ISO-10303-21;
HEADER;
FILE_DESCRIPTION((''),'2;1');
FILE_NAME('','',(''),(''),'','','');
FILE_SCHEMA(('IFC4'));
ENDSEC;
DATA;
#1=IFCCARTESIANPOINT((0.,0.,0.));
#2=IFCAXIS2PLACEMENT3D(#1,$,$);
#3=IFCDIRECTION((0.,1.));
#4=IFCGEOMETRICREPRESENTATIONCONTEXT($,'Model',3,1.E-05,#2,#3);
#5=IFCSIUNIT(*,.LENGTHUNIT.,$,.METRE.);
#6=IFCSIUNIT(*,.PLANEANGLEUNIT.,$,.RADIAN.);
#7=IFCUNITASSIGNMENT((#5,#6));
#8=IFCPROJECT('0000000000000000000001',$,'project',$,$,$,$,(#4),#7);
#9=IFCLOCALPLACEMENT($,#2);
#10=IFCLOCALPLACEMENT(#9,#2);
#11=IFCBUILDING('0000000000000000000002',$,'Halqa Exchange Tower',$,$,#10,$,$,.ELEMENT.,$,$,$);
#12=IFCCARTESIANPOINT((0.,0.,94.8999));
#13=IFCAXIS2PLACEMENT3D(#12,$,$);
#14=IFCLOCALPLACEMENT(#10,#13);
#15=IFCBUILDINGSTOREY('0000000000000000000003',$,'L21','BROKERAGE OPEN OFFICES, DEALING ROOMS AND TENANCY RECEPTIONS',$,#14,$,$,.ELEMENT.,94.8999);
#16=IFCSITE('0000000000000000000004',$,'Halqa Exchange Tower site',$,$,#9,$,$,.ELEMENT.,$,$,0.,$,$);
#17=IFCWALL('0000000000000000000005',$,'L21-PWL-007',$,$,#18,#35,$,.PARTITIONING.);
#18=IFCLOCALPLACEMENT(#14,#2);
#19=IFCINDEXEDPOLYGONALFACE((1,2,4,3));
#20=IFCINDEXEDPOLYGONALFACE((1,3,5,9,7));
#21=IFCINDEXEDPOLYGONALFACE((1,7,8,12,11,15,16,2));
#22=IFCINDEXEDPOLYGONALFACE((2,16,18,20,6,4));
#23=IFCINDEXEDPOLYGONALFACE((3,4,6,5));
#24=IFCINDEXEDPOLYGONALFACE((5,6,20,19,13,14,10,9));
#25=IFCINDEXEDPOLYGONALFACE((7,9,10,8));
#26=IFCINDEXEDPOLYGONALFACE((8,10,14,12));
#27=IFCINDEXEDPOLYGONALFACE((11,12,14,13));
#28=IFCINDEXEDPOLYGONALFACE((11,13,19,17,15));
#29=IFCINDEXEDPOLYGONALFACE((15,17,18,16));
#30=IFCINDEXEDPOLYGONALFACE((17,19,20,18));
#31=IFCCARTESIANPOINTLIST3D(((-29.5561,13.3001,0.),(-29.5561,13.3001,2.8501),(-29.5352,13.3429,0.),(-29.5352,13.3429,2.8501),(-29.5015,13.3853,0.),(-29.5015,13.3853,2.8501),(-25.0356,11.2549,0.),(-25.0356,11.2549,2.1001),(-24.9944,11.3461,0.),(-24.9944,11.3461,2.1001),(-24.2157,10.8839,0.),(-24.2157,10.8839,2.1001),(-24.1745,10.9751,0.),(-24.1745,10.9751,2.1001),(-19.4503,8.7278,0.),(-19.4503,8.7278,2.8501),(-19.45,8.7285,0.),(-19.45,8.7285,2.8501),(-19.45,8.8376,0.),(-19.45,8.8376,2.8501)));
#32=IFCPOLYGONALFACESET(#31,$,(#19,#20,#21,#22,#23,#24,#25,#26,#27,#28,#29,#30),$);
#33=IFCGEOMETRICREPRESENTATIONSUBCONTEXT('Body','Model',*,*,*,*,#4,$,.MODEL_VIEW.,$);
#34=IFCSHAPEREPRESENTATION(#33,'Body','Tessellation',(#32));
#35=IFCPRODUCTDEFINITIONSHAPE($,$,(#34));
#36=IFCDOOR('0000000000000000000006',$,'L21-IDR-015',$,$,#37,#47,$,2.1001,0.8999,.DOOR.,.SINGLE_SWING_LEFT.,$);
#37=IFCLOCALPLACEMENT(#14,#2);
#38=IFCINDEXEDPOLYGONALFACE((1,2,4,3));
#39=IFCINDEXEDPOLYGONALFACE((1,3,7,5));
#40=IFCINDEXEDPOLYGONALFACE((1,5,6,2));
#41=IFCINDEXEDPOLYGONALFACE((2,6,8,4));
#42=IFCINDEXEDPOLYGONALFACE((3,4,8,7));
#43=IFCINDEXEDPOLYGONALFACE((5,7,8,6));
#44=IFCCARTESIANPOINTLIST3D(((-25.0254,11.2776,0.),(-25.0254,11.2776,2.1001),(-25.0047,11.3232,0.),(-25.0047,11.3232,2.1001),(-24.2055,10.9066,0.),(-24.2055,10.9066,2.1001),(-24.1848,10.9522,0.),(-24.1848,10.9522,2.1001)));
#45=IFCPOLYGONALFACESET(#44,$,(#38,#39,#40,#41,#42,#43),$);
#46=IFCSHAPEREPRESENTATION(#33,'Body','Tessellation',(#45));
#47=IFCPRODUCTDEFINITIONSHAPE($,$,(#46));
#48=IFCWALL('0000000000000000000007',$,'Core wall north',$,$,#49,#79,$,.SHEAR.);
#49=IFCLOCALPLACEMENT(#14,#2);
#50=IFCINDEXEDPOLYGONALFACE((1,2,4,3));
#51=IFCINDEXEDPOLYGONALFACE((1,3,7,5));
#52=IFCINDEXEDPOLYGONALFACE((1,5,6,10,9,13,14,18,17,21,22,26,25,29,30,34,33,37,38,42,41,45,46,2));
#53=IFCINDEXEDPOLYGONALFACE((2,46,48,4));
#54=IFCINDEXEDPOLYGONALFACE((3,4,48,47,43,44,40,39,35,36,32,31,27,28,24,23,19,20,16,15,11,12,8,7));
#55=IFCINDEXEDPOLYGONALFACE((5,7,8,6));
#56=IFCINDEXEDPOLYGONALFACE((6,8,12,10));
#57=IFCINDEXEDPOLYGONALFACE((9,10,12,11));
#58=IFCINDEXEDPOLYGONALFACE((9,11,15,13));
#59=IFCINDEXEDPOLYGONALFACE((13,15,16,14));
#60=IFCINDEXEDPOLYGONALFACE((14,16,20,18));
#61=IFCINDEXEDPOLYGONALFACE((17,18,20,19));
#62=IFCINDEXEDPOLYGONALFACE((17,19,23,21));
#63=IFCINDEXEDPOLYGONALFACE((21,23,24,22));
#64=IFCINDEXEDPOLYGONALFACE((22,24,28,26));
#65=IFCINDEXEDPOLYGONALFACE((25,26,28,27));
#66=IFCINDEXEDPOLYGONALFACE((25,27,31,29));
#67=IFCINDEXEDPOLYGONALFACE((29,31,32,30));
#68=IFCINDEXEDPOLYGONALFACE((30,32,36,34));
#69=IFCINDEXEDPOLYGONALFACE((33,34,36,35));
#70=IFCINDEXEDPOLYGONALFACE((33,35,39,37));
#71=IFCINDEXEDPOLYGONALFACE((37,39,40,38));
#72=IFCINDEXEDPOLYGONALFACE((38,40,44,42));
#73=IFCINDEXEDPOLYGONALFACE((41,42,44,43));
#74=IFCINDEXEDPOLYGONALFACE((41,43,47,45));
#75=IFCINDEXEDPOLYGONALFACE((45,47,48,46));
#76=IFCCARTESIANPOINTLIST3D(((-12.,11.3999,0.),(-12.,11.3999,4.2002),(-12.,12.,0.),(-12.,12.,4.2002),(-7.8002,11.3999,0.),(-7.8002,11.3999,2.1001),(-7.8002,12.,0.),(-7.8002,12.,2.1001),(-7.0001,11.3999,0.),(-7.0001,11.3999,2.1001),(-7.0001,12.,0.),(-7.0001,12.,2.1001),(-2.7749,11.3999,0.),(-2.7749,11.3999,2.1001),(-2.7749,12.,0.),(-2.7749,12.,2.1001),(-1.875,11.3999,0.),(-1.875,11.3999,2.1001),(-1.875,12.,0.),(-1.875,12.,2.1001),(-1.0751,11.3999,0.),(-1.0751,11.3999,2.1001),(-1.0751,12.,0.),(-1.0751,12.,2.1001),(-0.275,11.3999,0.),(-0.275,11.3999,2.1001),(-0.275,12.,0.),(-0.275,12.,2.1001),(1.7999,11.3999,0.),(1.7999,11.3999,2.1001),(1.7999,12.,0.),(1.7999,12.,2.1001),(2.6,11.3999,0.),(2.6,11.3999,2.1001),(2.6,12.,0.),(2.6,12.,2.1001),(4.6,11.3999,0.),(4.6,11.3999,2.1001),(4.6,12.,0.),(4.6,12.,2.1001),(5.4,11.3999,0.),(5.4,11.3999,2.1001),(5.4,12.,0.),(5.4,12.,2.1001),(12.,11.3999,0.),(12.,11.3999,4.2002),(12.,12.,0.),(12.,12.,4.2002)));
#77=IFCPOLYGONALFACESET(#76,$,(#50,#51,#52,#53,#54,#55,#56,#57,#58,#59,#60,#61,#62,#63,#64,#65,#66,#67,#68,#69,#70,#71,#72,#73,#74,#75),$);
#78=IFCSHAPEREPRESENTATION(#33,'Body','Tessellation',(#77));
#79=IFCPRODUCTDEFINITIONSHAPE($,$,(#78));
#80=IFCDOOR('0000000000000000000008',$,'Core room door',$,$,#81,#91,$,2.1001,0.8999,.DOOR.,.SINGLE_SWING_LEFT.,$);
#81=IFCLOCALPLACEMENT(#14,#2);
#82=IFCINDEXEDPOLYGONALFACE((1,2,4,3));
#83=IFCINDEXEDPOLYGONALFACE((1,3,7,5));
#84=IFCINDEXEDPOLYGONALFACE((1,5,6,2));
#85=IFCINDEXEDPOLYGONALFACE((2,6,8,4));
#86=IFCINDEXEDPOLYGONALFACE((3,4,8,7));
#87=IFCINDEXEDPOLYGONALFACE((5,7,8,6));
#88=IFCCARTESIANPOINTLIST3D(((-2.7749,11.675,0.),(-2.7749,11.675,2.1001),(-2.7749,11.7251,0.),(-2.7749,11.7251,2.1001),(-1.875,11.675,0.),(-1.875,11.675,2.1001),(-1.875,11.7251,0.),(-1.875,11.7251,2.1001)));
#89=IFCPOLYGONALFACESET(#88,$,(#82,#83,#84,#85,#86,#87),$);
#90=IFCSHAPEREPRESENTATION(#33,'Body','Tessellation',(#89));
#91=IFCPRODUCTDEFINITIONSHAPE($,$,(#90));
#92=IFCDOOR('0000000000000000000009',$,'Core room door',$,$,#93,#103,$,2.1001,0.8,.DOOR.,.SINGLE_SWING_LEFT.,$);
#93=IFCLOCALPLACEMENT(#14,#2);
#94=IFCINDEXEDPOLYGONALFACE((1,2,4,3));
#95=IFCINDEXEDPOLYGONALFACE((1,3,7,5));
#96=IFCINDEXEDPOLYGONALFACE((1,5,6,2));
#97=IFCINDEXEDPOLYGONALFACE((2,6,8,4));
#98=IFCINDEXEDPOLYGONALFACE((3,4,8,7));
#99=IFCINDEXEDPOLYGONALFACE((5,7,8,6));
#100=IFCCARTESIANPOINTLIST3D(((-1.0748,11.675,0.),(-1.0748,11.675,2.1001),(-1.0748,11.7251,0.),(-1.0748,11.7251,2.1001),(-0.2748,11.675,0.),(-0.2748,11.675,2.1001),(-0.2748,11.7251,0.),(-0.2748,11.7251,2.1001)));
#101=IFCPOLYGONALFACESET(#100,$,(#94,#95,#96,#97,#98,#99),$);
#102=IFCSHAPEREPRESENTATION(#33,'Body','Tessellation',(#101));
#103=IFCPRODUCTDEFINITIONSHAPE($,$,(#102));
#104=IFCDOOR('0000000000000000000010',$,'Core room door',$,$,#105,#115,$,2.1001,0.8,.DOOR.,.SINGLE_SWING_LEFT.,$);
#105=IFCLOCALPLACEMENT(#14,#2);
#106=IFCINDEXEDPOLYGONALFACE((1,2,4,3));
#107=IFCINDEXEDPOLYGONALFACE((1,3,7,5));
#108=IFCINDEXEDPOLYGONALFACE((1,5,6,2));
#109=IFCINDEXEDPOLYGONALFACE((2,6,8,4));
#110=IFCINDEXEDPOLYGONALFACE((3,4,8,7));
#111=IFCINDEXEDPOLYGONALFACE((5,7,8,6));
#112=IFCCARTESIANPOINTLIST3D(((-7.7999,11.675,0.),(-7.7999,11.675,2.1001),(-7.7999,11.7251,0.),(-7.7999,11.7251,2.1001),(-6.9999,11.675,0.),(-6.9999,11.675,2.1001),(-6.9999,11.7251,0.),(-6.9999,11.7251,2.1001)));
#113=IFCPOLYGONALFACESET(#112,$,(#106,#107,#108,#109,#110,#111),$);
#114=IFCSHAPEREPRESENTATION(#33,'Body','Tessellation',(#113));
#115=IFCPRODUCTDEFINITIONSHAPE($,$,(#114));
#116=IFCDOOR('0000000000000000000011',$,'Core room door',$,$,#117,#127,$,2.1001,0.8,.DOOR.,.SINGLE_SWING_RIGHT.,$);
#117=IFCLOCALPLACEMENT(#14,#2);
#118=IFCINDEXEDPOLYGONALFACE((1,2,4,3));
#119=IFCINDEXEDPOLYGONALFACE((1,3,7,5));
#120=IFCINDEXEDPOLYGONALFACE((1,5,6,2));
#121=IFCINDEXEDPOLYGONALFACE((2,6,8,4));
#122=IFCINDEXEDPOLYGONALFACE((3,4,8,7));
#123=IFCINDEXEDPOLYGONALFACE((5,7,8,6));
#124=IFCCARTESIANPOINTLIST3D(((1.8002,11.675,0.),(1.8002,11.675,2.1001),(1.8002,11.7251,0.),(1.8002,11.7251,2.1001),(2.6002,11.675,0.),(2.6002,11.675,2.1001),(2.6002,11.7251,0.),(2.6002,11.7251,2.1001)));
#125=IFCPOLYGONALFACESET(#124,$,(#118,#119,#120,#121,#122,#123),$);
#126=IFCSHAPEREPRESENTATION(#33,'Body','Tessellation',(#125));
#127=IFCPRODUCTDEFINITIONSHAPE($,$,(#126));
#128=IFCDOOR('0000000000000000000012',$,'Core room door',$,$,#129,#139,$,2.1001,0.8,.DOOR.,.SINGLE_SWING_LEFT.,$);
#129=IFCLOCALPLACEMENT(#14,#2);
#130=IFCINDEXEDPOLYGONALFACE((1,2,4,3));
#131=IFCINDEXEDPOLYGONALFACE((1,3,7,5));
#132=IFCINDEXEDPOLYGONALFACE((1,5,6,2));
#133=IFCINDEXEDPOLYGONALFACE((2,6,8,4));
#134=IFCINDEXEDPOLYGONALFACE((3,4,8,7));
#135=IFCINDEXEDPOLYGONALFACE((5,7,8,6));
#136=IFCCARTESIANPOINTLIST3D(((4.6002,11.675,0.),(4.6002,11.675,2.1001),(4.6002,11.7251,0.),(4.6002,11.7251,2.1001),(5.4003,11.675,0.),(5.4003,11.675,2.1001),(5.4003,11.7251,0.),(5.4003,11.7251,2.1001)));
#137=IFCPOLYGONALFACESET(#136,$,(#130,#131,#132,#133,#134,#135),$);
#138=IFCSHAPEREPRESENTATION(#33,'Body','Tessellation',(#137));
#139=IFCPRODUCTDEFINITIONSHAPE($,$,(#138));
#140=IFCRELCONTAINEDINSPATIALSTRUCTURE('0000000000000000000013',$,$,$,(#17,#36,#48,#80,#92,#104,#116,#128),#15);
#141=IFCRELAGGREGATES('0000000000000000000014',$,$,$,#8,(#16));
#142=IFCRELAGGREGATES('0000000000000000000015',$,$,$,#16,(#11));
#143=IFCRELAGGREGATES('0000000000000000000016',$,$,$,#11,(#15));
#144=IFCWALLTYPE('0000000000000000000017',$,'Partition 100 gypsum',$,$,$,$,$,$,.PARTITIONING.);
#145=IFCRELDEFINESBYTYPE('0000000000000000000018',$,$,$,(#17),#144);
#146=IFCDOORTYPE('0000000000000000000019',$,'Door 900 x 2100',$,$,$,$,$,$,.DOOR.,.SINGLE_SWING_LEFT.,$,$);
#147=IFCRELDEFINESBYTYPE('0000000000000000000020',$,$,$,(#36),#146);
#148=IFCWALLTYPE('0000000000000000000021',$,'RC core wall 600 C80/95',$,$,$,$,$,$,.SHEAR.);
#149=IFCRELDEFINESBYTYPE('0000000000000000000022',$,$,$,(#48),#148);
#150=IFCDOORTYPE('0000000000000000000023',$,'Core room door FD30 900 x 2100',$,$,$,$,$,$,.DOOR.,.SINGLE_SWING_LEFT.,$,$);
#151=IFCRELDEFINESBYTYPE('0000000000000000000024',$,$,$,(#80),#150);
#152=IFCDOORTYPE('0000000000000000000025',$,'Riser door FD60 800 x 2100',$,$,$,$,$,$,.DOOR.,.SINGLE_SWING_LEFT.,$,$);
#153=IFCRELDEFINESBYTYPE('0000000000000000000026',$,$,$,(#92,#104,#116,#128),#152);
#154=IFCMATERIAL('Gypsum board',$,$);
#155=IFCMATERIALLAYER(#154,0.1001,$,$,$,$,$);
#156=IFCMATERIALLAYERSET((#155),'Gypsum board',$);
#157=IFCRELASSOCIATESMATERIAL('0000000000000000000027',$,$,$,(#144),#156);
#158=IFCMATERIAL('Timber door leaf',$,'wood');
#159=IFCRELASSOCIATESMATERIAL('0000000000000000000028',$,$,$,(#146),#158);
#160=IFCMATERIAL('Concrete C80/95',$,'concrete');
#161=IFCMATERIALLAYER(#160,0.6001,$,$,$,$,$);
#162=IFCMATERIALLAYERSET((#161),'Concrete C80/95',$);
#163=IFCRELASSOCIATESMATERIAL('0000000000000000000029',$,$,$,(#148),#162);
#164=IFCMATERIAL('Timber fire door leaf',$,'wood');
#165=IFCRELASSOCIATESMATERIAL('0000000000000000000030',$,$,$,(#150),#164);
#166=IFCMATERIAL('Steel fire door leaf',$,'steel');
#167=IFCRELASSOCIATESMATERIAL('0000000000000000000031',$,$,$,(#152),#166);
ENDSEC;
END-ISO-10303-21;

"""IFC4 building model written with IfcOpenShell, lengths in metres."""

from ifc_helpers import new_model, si_unit, direction, frame, frame_2d, origin, place, context, subcontext, project, spatial, polyline, rectangle, outline, extrude, material, layer, layer_set, type_object, element, fill, save


model = new_model("IFC4")

# Units and contexts
model_context = context("Model", 3, precision=1e-05, world=origin(), true_north=direction((0.0, 1.0)))
body_context = subcontext(model_context, "Body", "Model", "MODEL_VIEW")
ifc_project = project(units=[si_unit("LENGTHUNIT", "METRE"), si_unit("PLANEANGLEUNIT", "RADIAN")], contexts=[model_context])

# Site, building, storey
site_placement = place(None, origin())
site = spatial("IfcSite", under=ifc_project, at=site_placement, Name="Halqa Exchange Tower site", CompositionType="ELEMENT", RefElevation=0.0)
building_placement = place(site_placement, origin())
building = spatial("IfcBuilding", under=site, at=building_placement, Name="Halqa Exchange Tower", CompositionType="ELEMENT")
storey_placement = place(building_placement, frame((0.0, 0.0, 94.8999)))
storey = spatial("IfcBuildingStorey", under=building, at=storey_placement, Name="L21", Description="BROKERAGE OPEN OFFICES, DEALING ROOMS AND TENANCY RECEPTIONS", CompositionType="ELEMENT", Elevation=94.8999)

# Wall, opening, door
ifc_material_1 = material(Name="Gypsum board")
ifc_layer_1 = layer(ifc_material_1, 0.1001)
ifc_layer_set_1 = layer_set([ifc_layer_1], Name="Gypsum board")
wall_type_1 = type_object("IfcWallType", Name="Partition 100 gypsum", PredefinedType="PARTITIONING", material=ifc_layer_set_1)
ifc_material_2 = material(Name="Timber door leaf", Category="wood")
door_type_1 = type_object("IfcDoorType", Name="Door 900 x 2100", OperationType="SINGLE_SWING_LEFT", PredefinedType="DOOR", material=ifc_material_2)
wall_1_placement = place(storey_placement, frame((-19.4297, 8.7734, 0.0), z_axis=(0.0, 0.0, 1.0), x_axis=(-0.911086, 0.412215, 0.0)))
wall_1 = element("IfcWall", 1, at=wall_1_placement, inside=storey, type_object=wall_type_1, Name="L21-PWL-007", PredefinedType="PARTITIONING", context=body_context, shape_type="SweptSolid", body=[
    extrude(outline(polyline([(0.0449, -0.05), (1.8838, -0.05), (3.7224, -0.05), (5.5613, -0.05), (7.3999, -0.05), (9.2388, -0.05), (11.0774, -0.05), (11.0906, 0.0024), (11.092, 0.05), (9.2434, 0.05), (7.3948, 0.05), (5.5459, 0.05), (3.6973, 0.05), (1.8486, 0.05), (0.0, 0.05), (0.0, 0.0493), (0.0449, -0.05)])), origin(), (0.0, 0.0, 1.0), 2.8501),
])
opening_1_placement = place(wall_1_placement, frame((5.2305, 0.0, 0.0)))
opening_1 = element("IfcOpeningElement", 2, at=opening_1_placement, cuts=wall_1, PredefinedType="OPENING", context=body_context, shape_type="SweptSolid", body=[
    extrude(rectangle(XDim=0.8999, YDim=2.1001, at=frame_2d((0.45, 1.05))), frame((0.0, 0.062, 0.0), z_axis=(0.0, -1.0, 0.0), x_axis=(1.0, 0.0, 0.0)), (0.0, 0.0, 1.0), 0.124),
])
door_1_placement = place(opening_1_placement, frame((0.8999, 0.0, 0.0), z_axis=(0.0, 0.0, 1.0), x_axis=(-1.0, 0.0, 0.0)))
door_1 = element("IfcDoor", 3, at=door_1_placement, inside=storey, type_object=door_type_1, Name="L21-IDR-015", OperationType="SINGLE_SWING_LEFT", OverallHeight=2.1001, OverallWidth=0.8999, PredefinedType="DOOR", context=body_context, shape_type="SweptSolid", body=[
    extrude(rectangle(XDim=0.8999, YDim=2.1001, at=frame_2d((0.45, 1.05))), frame((0.0, 0.0249, 0.0), z_axis=(0.0, -1.0, 0.0), x_axis=(1.0, 0.0, 0.0)), (0.0, 0.0, 1.0), 0.05),
])
fill(opening_1, door_1)

# Wall, openings, doors
ifc_material_3 = material(Name="Concrete C80/95", Category="concrete")
ifc_layer_2 = layer(ifc_material_3, 0.6001)
ifc_layer_set_2 = layer_set([ifc_layer_2], Name="Concrete C80/95")
wall_type_2 = type_object("IfcWallType", Name="RC core wall 600 C80/95", PredefinedType="SHEAR", material=ifc_layer_set_2)
wall_2_placement = place(storey_placement, frame((-12.0, 11.7, 0.0), z_axis=(0.0, 0.0, 1.0), x_axis=(1.0, 0.0, 0.0)))
wall_2 = element("IfcWall", 4, at=wall_2_placement, inside=storey, type_object=wall_type_2, Name="Core wall north", PredefinedType="SHEAR", context=body_context, shape_type="SweptSolid", body=[
    extrude(rectangle(XDim=24.0, YDim=0.6001, at=frame_2d((12.0, 0.0))), origin(), (0.0, 0.0, 1.0), 4.2002),
])
opening_2_placement = place(wall_2_placement, frame((9.2251, 0.0, 0.0)))
opening_2 = element("IfcOpeningElement", 5, at=opening_2_placement, cuts=wall_2, PredefinedType="OPENING", context=body_context, shape_type="SweptSolid", body=[
    extrude(rectangle(XDim=0.8999, YDim=2.1001, at=frame_2d((0.45, 1.05))), frame((0.0, 0.312, 0.0), z_axis=(0.0, -1.0, 0.0), x_axis=(1.0, 0.0, 0.0)), (0.0, 0.0, 1.0), 0.624),
])
opening_3_placement = place(wall_2_placement, frame((10.925, 0.0, 0.0)))
opening_3 = element("IfcOpeningElement", 6, at=opening_3_placement, cuts=wall_2, PredefinedType="OPENING", context=body_context, shape_type="SweptSolid", body=[
    extrude(rectangle(XDim=0.8, YDim=2.1001, at=frame_2d((0.3999, 1.05))), frame((0.0, 0.312, 0.0), z_axis=(0.0, -1.0, 0.0), x_axis=(1.0, 0.0, 0.0)), (0.0, 0.0, 1.0), 0.624),
])
opening_4_placement = place(wall_2_placement, frame((4.2, 0.0, 0.0)))
opening_4 = element("IfcOpeningElement", 7, at=opening_4_placement, cuts=wall_2, PredefinedType="OPENING", context=body_context, shape_type="SweptSolid", body=[
    extrude(rectangle(XDim=0.8, YDim=2.1001, at=frame_2d((0.3999, 1.05))), frame((0.0, 0.312, 0.0), z_axis=(0.0, -1.0, 0.0), x_axis=(1.0, 0.0, 0.0)), (0.0, 0.0, 1.0), 0.624),
])
opening_5_placement = place(wall_2_placement, frame((13.8, 0.0, 0.0)))
opening_5 = element("IfcOpeningElement", 8, at=opening_5_placement, cuts=wall_2, PredefinedType="OPENING", context=body_context, shape_type="SweptSolid", body=[
    extrude(rectangle(XDim=0.8, YDim=2.1001, at=frame_2d((0.3999, 1.05))), frame((0.0, 0.312, 0.0), z_axis=(0.0, -1.0, 0.0), x_axis=(1.0, 0.0, 0.0)), (0.0, 0.0, 1.0), 0.624),
])
opening_6_placement = place(wall_2_placement, frame((16.6001, 0.0, 0.0)))
opening_6 = element("IfcOpeningElement", 9, at=opening_6_placement, cuts=wall_2, PredefinedType="OPENING", context=body_context, shape_type="SweptSolid", body=[
    extrude(rectangle(XDim=0.8, YDim=2.1001, at=frame_2d((0.3999, 1.05))), frame((0.0, 0.312, 0.0), z_axis=(0.0, -1.0, 0.0), x_axis=(1.0, 0.0, 0.0)), (0.0, 0.0, 1.0), 0.624),
])
ifc_material_4 = material(Name="Timber fire door leaf", Category="wood")
door_type_2 = type_object("IfcDoorType", Name="Core room door FD30 900 x 2100", OperationType="SINGLE_SWING_LEFT", PredefinedType="DOOR", material=ifc_material_4)
door_2_placement = place(opening_2_placement, frame((0.8999, 0.0, 0.0), z_axis=(0.0, 0.0, 1.0), x_axis=(-1.0, 0.0, 0.0)))
door_2 = element("IfcDoor", 10, at=door_2_placement, inside=storey, type_object=door_type_2, Name="Core room door", OperationType="SINGLE_SWING_LEFT", OverallHeight=2.1001, OverallWidth=0.8999, PredefinedType="DOOR", context=body_context, shape_type="SweptSolid", body=[
    extrude(rectangle(XDim=0.8999, YDim=2.1001, at=frame_2d((0.45, 1.05))), frame((0.0, 0.0249, 0.0), z_axis=(0.0, -1.0, 0.0), x_axis=(1.0, 0.0, 0.0)), (0.0, 0.0, 1.0), 0.05),
])
fill(opening_2, door_2)
ifc_material_5 = material(Name="Steel fire door leaf", Category="steel")
door_type_3 = type_object("IfcDoorType", Name="Riser door FD60 800 x 2100", OperationType="SINGLE_SWING_LEFT", PredefinedType="DOOR", material=ifc_material_5)
door_3_placement = place(opening_3_placement, frame((0.8, 0.0, 0.0), z_axis=(0.0, 0.0, 1.0), x_axis=(-1.0, 0.0, 0.0)))
door_3 = element("IfcDoor", 11, at=door_3_placement, inside=storey, type_object=door_type_3, Name="Core room door", OperationType="SINGLE_SWING_LEFT", OverallHeight=2.1001, OverallWidth=0.8, PredefinedType="DOOR", context=body_context, shape_type="SweptSolid", body=[
    extrude(rectangle(XDim=0.8, YDim=2.1001, at=frame_2d((0.3999, 1.05))), frame((0.0, 0.0249, 0.0), z_axis=(0.0, -1.0, 0.0), x_axis=(1.0, 0.0, 0.0)), (0.0, 0.0, 1.0), 0.05),
])
fill(opening_3, door_3)
door_4_placement = place(opening_4_placement, frame((0.8, 0.0, 0.0), z_axis=(0.0, 0.0, 1.0), x_axis=(-1.0, 0.0, 0.0)))
door_4 = element("IfcDoor", 12, at=door_4_placement, inside=storey, type_object=door_type_3, Name="Core room door", OperationType="SINGLE_SWING_LEFT", OverallHeight=2.1001, OverallWidth=0.8, PredefinedType="DOOR", context=body_context, shape_type="SweptSolid", body=[
    extrude(rectangle(XDim=0.8, YDim=2.1001, at=frame_2d((0.3999, 1.05))), frame((0.0, 0.0249, 0.0), z_axis=(0.0, -1.0, 0.0), x_axis=(1.0, 0.0, 0.0)), (0.0, 0.0, 1.0), 0.05),
])
fill(opening_4, door_4)
door_5_placement = place(opening_5_placement, frame((0.8, 0.0, 0.0), z_axis=(0.0, 0.0, 1.0), x_axis=(-1.0, 0.0, 0.0)))
door_5 = element("IfcDoor", 13, at=door_5_placement, inside=storey, type_object=door_type_3, Name="Core room door", OperationType="SINGLE_SWING_RIGHT", OverallHeight=2.1001, OverallWidth=0.8, PredefinedType="DOOR", context=body_context, shape_type="SweptSolid", body=[
    extrude(rectangle(XDim=0.8, YDim=2.1001, at=frame_2d((0.3999, 1.05))), frame((0.0, 0.0249, 0.0), z_axis=(0.0, -1.0, 0.0), x_axis=(1.0, 0.0, 0.0)), (0.0, 0.0, 1.0), 0.05),
])
fill(opening_5, door_5)
door_6_placement = place(opening_6_placement, frame((0.8, 0.0, 0.0), z_axis=(0.0, 0.0, 1.0), x_axis=(-1.0, 0.0, 0.0)))
door_6 = element("IfcDoor", 14, at=door_6_placement, inside=storey, type_object=door_type_3, Name="Core room door", OperationType="SINGLE_SWING_LEFT", OverallHeight=2.1001, OverallWidth=0.8, PredefinedType="DOOR", context=body_context, shape_type="SweptSolid", body=[
    extrude(rectangle(XDim=0.8, YDim=2.1001, at=frame_2d((0.3999, 1.05))), frame((0.0, 0.0249, 0.0), z_axis=(0.0, -1.0, 0.0), x_axis=(1.0, 0.0, 0.0)), (0.0, 0.0, 1.0), 0.05),
])
fill(opening_6, door_6)

save(model, "model.ifc")
